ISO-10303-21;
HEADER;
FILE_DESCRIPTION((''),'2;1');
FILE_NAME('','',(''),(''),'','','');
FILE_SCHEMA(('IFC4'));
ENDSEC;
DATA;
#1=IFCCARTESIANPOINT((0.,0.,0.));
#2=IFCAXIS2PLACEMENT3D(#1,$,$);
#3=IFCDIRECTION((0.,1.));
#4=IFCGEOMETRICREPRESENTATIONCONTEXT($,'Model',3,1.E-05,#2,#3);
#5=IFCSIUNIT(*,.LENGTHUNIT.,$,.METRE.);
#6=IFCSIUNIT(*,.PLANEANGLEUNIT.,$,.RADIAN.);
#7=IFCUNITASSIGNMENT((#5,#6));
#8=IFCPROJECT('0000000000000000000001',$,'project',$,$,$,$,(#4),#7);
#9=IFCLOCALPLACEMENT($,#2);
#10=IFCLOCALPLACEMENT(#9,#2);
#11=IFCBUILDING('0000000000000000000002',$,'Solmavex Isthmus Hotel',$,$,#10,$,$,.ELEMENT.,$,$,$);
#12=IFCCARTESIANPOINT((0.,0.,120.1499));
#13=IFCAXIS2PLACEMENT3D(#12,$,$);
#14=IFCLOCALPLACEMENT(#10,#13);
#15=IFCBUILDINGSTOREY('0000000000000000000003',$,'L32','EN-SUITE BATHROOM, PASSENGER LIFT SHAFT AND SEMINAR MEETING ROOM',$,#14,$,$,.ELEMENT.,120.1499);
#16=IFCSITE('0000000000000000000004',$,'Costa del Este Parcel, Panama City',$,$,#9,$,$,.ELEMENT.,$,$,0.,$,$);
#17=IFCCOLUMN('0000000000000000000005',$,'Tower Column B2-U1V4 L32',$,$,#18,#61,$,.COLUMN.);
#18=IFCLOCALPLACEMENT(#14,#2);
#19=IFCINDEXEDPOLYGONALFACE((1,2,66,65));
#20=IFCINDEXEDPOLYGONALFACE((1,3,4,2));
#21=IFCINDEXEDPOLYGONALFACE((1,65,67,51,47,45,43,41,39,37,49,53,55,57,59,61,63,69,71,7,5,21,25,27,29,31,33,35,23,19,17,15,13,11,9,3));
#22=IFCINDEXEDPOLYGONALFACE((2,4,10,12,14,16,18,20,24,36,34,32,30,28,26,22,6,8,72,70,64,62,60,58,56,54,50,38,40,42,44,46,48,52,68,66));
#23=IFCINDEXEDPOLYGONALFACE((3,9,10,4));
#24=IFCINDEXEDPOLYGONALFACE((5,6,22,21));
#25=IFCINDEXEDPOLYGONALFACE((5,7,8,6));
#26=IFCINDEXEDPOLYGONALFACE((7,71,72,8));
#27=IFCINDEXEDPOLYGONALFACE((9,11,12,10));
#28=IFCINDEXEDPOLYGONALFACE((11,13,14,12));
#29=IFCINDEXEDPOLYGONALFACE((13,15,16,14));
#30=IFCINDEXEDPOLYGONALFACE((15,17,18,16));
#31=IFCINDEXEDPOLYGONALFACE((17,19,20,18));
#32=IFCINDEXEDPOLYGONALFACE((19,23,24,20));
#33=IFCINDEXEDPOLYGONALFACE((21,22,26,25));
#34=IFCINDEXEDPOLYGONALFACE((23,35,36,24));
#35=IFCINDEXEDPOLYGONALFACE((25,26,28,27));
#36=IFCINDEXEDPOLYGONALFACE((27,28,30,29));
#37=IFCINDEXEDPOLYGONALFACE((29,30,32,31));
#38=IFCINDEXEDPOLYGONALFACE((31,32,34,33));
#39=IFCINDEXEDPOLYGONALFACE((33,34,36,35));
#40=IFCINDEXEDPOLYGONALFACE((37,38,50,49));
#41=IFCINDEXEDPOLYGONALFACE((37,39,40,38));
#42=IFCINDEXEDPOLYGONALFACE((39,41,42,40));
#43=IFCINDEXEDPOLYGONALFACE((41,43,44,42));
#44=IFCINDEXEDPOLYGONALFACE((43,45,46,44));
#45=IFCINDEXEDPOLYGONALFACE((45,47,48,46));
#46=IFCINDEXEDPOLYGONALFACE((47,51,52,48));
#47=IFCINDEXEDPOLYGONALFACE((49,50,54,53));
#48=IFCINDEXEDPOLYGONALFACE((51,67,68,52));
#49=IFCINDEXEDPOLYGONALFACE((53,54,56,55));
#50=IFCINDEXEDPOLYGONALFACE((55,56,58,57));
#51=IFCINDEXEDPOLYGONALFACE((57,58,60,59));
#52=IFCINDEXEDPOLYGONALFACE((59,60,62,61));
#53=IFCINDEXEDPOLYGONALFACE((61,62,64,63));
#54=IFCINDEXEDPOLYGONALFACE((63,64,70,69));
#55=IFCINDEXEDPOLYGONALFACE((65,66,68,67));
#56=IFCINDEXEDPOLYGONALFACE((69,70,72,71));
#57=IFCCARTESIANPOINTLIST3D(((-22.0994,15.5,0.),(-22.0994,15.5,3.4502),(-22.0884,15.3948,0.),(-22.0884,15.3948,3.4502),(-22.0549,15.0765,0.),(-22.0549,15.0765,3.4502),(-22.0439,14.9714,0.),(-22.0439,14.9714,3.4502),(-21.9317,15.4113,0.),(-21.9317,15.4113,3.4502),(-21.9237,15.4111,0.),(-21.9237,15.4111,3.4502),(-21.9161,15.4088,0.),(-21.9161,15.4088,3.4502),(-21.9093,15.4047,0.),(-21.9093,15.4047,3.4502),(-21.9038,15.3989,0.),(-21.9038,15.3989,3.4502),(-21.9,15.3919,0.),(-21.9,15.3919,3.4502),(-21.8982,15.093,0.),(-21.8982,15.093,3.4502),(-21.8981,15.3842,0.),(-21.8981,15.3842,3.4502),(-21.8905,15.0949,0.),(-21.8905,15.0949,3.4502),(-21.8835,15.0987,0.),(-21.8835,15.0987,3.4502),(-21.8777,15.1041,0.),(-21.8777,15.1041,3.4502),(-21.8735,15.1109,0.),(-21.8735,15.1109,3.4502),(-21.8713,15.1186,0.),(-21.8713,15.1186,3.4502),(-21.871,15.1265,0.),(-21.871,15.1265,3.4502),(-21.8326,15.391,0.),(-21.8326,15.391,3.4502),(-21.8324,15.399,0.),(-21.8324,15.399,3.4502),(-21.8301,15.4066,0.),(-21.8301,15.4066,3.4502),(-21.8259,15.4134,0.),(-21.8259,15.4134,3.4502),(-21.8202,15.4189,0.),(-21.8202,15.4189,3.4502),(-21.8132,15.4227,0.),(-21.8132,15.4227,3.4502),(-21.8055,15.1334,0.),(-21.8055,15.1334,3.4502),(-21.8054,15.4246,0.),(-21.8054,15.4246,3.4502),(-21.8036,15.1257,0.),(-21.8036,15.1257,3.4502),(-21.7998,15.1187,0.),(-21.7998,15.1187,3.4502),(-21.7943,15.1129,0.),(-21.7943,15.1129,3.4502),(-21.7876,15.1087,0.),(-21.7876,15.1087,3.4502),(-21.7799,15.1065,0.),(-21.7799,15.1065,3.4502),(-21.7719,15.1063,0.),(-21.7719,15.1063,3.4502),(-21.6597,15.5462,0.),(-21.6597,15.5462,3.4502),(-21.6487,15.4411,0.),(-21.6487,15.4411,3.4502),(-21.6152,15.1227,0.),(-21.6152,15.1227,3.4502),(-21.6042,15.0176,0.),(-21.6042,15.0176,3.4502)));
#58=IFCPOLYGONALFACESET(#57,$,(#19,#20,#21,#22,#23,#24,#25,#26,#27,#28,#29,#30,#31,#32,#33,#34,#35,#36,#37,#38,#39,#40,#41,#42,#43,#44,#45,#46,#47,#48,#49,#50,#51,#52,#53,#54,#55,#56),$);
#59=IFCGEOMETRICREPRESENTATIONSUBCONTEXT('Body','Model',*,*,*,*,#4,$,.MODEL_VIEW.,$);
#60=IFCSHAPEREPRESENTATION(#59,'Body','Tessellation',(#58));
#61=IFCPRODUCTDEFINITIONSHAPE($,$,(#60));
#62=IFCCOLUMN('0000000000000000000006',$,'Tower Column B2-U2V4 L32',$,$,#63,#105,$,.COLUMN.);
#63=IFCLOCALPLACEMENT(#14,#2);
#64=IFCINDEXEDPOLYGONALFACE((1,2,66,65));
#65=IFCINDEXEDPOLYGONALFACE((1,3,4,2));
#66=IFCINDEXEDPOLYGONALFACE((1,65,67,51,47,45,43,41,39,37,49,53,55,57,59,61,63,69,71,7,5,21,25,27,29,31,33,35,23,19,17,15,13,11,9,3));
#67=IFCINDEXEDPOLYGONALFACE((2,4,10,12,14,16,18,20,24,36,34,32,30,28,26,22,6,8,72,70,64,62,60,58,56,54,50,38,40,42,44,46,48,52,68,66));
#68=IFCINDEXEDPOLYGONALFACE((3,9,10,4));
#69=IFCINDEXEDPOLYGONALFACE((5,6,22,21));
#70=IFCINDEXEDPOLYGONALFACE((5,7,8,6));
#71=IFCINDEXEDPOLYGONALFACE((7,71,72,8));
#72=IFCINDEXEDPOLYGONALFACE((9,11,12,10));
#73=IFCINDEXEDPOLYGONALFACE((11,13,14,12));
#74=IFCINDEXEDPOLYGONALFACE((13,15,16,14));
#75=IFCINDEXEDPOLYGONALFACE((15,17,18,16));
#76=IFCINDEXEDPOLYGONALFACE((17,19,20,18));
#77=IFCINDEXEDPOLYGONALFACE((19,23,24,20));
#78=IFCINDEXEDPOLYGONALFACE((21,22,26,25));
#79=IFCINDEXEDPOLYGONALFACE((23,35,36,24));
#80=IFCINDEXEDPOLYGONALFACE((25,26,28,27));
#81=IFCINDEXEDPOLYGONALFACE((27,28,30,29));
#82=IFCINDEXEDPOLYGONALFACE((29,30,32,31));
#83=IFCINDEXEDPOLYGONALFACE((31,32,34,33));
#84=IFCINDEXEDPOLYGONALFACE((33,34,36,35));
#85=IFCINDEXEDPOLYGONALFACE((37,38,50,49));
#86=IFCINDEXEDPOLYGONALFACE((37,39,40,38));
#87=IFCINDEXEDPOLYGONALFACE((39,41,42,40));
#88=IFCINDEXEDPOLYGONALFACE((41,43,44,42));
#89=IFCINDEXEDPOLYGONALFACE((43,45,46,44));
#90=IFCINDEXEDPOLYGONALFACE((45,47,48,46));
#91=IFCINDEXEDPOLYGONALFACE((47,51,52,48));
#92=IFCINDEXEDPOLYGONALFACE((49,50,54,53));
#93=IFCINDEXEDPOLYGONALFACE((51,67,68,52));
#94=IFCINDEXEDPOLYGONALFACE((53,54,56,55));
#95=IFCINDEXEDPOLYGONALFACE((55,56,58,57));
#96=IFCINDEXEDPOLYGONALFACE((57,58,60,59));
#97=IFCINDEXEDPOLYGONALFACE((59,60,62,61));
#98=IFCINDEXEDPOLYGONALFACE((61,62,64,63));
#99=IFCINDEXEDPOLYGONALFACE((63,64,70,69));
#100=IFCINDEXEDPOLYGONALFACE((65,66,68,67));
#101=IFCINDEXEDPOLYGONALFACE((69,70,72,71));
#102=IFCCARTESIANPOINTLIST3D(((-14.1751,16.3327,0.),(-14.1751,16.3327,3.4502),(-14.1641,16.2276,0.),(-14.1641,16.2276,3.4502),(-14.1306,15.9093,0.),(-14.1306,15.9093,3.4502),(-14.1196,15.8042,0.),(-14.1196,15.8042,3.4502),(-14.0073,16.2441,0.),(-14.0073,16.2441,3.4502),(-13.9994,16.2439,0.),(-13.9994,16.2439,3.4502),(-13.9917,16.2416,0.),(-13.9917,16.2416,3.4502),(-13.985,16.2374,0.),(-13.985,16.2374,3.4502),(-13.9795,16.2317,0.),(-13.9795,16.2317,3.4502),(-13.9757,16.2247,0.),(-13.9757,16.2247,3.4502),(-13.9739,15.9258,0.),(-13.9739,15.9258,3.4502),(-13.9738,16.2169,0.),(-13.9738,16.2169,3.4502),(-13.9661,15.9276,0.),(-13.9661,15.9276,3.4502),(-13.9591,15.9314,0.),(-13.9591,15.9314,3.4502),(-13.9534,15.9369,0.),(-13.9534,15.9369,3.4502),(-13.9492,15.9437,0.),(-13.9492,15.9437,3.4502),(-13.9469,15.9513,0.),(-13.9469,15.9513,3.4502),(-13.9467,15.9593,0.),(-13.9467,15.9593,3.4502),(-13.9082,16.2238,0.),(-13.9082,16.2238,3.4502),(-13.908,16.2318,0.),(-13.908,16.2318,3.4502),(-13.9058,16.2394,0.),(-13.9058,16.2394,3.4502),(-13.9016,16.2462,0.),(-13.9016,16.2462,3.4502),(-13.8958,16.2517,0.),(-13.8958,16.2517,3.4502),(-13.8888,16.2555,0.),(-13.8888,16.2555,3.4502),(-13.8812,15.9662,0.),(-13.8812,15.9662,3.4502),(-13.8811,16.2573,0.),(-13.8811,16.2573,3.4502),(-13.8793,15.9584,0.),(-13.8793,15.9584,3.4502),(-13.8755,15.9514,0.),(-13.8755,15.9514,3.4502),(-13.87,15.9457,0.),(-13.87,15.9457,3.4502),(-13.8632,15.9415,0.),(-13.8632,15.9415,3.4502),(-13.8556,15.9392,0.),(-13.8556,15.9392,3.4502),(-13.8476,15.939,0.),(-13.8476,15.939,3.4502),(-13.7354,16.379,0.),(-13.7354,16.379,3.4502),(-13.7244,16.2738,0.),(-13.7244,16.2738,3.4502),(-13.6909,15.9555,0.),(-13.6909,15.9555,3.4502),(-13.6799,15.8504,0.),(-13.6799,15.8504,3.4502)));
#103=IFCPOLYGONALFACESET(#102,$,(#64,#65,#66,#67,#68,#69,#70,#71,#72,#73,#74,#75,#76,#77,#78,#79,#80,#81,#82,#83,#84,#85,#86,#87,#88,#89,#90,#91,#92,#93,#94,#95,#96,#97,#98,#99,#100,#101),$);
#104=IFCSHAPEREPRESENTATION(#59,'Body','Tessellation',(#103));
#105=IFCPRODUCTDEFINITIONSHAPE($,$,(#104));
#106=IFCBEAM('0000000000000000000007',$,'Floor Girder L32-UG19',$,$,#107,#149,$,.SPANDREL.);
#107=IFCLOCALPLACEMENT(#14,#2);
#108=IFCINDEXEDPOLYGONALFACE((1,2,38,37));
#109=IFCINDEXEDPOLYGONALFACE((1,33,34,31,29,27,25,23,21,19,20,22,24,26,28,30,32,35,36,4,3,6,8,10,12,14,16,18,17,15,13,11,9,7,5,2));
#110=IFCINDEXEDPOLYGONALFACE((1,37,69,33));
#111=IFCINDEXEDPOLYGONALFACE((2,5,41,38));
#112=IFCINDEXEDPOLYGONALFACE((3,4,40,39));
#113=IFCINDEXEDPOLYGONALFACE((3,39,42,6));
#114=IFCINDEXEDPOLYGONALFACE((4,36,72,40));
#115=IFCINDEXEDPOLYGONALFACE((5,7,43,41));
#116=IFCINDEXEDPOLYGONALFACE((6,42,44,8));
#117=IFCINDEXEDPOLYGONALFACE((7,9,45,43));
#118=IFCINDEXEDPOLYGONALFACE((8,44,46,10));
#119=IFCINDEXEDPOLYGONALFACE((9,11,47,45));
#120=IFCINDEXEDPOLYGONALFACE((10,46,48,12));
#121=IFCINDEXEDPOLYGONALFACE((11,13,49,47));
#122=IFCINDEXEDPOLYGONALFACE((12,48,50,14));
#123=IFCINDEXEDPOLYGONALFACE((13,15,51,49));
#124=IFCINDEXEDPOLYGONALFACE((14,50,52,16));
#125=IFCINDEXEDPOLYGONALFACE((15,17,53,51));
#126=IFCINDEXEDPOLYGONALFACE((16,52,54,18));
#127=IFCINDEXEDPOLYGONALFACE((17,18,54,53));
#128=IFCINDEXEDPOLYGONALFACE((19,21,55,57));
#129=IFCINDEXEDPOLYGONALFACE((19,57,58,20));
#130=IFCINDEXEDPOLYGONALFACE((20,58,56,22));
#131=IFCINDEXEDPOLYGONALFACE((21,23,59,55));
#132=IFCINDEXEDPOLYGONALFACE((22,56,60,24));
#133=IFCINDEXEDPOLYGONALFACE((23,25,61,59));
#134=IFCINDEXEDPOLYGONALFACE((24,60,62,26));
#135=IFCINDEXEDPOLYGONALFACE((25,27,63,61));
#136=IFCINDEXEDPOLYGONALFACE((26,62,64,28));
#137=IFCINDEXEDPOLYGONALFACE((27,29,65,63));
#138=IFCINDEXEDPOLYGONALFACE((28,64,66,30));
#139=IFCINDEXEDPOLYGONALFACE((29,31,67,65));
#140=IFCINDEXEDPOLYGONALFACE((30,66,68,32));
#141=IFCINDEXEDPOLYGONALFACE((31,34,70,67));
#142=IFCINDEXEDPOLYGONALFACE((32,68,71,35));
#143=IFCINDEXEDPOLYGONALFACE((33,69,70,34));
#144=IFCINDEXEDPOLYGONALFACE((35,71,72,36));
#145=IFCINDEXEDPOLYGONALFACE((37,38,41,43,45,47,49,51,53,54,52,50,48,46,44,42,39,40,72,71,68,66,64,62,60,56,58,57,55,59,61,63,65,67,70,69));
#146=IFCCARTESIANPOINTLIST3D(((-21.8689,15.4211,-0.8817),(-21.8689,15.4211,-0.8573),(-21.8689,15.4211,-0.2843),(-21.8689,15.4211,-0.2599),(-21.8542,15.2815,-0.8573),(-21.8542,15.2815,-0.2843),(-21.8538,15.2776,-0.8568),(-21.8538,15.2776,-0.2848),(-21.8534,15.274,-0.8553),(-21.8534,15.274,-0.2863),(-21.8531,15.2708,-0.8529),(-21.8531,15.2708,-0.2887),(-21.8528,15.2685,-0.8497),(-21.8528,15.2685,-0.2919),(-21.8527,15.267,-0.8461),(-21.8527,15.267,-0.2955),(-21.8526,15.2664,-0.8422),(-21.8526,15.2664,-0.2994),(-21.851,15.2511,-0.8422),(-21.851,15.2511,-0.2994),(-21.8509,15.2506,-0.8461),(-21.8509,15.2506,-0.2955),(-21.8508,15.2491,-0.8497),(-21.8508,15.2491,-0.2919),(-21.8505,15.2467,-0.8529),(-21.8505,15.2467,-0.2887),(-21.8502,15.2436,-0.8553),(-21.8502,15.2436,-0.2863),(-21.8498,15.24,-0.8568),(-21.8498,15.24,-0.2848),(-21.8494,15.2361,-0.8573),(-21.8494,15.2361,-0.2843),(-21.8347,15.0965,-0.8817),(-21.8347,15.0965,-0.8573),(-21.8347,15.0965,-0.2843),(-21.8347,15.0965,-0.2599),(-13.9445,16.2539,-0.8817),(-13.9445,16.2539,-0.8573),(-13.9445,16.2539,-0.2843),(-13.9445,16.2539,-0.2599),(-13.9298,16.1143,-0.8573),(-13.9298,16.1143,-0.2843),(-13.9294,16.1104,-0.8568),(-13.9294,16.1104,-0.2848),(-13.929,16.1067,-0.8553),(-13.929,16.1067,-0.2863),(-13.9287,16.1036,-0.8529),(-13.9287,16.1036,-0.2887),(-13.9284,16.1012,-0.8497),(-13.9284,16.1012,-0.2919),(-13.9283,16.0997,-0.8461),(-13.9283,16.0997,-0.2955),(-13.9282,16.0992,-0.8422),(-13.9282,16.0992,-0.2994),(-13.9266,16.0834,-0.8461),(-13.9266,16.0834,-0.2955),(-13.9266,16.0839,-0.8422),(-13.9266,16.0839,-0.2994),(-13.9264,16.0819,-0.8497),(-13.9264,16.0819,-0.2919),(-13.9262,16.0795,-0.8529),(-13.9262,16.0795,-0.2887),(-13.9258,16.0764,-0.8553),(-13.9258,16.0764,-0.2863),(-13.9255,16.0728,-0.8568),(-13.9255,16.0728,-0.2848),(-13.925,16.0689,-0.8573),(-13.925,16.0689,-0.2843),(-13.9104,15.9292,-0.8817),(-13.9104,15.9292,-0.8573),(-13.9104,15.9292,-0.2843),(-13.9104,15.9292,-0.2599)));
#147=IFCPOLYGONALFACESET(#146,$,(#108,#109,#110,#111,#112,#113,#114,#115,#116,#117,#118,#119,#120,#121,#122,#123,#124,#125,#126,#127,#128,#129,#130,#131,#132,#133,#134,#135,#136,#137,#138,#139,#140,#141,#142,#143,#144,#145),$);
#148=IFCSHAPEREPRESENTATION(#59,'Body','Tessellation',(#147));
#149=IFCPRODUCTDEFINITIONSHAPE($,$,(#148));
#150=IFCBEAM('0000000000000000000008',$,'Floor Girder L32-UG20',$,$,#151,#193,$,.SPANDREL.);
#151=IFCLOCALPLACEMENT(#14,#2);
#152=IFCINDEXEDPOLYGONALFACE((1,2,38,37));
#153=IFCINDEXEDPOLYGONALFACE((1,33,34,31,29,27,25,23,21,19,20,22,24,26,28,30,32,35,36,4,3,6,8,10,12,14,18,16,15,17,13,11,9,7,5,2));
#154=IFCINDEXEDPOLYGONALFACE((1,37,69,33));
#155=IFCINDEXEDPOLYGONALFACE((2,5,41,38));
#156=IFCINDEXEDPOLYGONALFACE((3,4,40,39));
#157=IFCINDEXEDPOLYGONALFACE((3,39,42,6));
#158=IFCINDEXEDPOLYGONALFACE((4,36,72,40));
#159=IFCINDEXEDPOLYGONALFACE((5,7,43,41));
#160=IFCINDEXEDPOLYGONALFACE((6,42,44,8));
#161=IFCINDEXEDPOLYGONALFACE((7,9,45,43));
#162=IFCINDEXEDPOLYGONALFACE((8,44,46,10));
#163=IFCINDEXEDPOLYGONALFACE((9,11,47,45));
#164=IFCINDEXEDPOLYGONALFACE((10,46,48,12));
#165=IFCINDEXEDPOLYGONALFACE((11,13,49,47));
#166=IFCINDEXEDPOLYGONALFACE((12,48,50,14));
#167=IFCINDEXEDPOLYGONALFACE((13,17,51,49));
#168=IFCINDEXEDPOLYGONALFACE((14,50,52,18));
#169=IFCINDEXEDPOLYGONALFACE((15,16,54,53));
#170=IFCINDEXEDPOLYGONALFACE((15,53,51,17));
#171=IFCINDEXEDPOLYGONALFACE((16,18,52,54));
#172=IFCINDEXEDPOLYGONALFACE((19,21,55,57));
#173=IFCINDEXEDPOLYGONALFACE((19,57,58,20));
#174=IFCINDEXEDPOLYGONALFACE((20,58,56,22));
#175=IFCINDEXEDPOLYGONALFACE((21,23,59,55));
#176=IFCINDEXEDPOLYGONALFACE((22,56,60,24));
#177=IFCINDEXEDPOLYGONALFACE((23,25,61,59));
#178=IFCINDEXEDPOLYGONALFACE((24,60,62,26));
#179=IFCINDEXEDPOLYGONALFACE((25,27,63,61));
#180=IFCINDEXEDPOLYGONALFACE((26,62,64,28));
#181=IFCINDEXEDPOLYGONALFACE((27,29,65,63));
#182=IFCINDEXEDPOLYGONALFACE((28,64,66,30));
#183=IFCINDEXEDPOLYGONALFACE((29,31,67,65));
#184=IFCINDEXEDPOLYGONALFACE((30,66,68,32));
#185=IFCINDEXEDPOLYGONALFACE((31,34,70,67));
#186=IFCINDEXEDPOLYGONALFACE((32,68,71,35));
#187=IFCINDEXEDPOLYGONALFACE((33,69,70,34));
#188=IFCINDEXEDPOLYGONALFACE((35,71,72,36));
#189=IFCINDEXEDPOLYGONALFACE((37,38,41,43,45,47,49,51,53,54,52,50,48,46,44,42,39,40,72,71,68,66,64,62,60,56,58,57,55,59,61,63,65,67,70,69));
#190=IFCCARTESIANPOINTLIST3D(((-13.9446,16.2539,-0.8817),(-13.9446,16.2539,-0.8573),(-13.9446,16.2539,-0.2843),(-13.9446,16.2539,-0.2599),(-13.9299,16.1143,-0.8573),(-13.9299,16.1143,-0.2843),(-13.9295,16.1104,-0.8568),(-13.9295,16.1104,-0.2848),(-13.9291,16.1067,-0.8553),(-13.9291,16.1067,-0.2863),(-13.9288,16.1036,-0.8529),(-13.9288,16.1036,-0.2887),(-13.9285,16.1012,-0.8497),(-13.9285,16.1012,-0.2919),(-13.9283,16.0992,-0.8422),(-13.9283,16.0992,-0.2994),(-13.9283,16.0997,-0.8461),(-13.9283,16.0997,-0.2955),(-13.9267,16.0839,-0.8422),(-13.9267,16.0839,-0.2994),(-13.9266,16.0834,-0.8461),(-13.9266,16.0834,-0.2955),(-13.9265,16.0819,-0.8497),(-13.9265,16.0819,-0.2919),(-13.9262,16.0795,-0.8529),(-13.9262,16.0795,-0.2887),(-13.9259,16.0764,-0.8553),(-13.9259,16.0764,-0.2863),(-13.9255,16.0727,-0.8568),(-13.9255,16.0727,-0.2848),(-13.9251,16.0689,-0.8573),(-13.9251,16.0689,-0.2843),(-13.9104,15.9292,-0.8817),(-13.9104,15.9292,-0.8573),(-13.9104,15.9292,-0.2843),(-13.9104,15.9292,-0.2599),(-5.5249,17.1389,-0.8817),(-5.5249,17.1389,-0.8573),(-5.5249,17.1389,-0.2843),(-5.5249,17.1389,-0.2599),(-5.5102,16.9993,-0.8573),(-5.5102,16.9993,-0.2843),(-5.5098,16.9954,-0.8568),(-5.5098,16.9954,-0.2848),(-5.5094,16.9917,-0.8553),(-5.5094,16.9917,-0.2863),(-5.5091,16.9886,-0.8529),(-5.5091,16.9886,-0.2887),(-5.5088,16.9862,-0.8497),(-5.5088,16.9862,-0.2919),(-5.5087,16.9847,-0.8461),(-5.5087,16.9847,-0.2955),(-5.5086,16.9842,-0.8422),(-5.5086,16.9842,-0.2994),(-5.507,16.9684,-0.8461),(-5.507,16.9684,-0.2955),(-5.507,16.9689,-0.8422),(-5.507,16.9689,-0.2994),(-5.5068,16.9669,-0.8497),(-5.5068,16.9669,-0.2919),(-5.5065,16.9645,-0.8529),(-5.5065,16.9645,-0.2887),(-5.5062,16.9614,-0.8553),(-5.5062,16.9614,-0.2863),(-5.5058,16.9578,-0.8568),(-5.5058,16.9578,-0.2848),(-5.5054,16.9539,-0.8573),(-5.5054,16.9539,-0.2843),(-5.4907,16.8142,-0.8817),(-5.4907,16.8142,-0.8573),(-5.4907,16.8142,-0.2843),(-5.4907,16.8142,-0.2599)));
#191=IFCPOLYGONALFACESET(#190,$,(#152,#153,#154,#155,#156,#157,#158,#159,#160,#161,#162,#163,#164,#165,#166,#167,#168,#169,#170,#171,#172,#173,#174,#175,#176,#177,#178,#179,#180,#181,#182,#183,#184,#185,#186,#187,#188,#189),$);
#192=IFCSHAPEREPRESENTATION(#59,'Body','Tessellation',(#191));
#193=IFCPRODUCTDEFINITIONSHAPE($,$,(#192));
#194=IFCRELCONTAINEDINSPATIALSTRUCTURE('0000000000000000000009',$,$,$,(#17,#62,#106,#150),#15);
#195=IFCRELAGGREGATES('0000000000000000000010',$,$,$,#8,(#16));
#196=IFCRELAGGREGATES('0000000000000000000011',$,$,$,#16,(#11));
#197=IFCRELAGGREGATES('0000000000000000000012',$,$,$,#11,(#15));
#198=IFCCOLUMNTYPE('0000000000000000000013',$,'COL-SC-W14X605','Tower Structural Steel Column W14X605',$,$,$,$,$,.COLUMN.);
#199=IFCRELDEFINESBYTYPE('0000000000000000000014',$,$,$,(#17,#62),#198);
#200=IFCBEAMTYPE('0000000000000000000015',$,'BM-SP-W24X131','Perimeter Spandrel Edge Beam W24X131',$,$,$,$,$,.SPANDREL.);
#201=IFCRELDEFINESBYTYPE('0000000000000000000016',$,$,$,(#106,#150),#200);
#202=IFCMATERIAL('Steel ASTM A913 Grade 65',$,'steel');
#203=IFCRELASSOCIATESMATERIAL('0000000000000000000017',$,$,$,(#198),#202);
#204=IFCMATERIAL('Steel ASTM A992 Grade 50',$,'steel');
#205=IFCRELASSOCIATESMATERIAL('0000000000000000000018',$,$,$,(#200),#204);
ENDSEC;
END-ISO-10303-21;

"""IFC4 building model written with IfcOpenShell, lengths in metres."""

from ifc_helpers import new_model, si_unit, direction, frame, origin, origin_2d, place, context, subcontext, project, spatial, i_section, extrude, material, material_profile, profile_set, type_object, element, save


model = new_model("IFC4")

# Units and contexts
model_context = context("Model", 3, precision=1e-05, world=origin(), true_north=direction((0.0, 1.0)))
body_context = subcontext(model_context, "Body", "Model", "MODEL_VIEW")
ifc_project = project(units=[si_unit("LENGTHUNIT", "METRE"), si_unit("PLANEANGLEUNIT", "RADIAN")], contexts=[model_context])

# Site, building, storey
site_placement = place(None, origin())
site = spatial("IfcSite", under=ifc_project, at=site_placement, Name="Costa del Este Parcel, Panama City", CompositionType="ELEMENT", RefElevation=0.0)
building_placement = place(site_placement, origin())
building = spatial("IfcBuilding", under=site, at=building_placement, Name="Solmavex Isthmus Hotel", CompositionType="ELEMENT")
storey_placement = place(building_placement, frame((0.0, 0.0, 120.1499)))
storey = spatial("IfcBuildingStorey", under=building, at=storey_placement, Name="L32", Description="EN-SUITE BATHROOM, PASSENGER LIFT SHAFT AND SEMINAR MEETING ROOM", CompositionType="ELEMENT", Elevation=120.1499)

# Columns
ifc_material_1 = material(Name="Steel ASTM A913 Grade 65", Category="steel")
ifc_material_profile_1 = material_profile(ifc_material_1, i_section(OverallWidth=0.4421, OverallDepth=0.5315, WebThickness=0.0659, FlangeThickness=0.1057, FilletRadius=0.0305, at=origin_2d()), Name="W14X605")
ifc_profile_set_1 = profile_set([ifc_material_profile_1], Name="Steel ASTM A913 Grade 65")
column_type = type_object("IfcColumnType", Name="COL-SC-W14X605", Description="Tower Structural Steel Column W14X605", PredefinedType="COLUMN", material=ifc_profile_set_1)
for number, where, z_axis, x_axis, name in (
    (1, (-21.8518, 15.2588, 0.0), (0.0, 0.0, 1.0), (0.994522, 0.104528, 0.0), "Tower Column B2-U1V4 L32"),
    (2, (-13.9275, 16.0916, 0.0), (0.0, 0.0, 1.0), (0.994522, 0.104528, 0.0), "Tower Column B2-U2V4 L32"),
):
    element("IfcColumn", number, at=place(storey_placement, frame(where, z_axis=z_axis, x_axis=x_axis)), inside=storey, type_object=column_type, Name=name, PredefinedType="COLUMN", context=body_context, shape_type="SweptSolid", body=[
        extrude(i_section(OverallWidth=0.4421, OverallDepth=0.5315, WebThickness=0.0659, FlangeThickness=0.1057, FilletRadius=0.0305, at=origin_2d()), origin(), (0.0, 0.0, 1.0), 3.4502),
    ])

# Beams
ifc_material_2 = material(Name="Steel ASTM A992 Grade 50", Category="steel")
ifc_material_profile_2 = material_profile(ifc_material_2, i_section(OverallWidth=0.3264, OverallDepth=0.6218, WebThickness=0.0154, FlangeThickness=0.0244, FilletRadius=0.0151, at=origin_2d()), Name="W24X131")
ifc_profile_set_2 = profile_set([ifc_material_profile_2], Name="Steel ASTM A992 Grade 50")
beam_type = type_object("IfcBeamType", Name="BM-SP-W24X131", Description="Perimeter Spandrel Edge Beam W24X131", PredefinedType="SPANDREL", material=ifc_profile_set_2)
beam_1_placement = place(storey_placement, frame((-21.8518, 15.2588, -0.5708), z_axis=(0.994523, 0.104514, 0.0), x_axis=(-0.104514, 0.994523, 0.0)))
element("IfcBeam", 3, at=beam_1_placement, inside=storey, type_object=beam_type, Name="Floor Girder L32-UG19", PredefinedType="SPANDREL", context=body_context, shape_type="SweptSolid", body=[
    extrude(i_section(OverallWidth=0.3264, OverallDepth=0.6218, WebThickness=0.0154, FlangeThickness=0.0244, FilletRadius=0.0151, at=origin_2d()), origin(), (0.0, 0.0, 1.0), 7.968),
])
beam_2_placement = place(storey_placement, frame((-13.9275, 16.0916, -0.5708), z_axis=(0.994521, 0.104536, 0.0), x_axis=(-0.104536, 0.994521, 0.0)))
element("IfcBeam", 4, at=beam_2_placement, inside=storey, type_object=beam_type, Name="Floor Girder L32-UG20", PredefinedType="SPANDREL", context=body_context, shape_type="SweptSolid", body=[
    extrude(i_section(OverallWidth=0.3264, OverallDepth=0.6218, WebThickness=0.0154, FlangeThickness=0.0244, FilletRadius=0.0151, at=origin_2d()), origin(), (0.0, 0.0, 1.0), 8.4661),
])

save(model, "model.ifc")
